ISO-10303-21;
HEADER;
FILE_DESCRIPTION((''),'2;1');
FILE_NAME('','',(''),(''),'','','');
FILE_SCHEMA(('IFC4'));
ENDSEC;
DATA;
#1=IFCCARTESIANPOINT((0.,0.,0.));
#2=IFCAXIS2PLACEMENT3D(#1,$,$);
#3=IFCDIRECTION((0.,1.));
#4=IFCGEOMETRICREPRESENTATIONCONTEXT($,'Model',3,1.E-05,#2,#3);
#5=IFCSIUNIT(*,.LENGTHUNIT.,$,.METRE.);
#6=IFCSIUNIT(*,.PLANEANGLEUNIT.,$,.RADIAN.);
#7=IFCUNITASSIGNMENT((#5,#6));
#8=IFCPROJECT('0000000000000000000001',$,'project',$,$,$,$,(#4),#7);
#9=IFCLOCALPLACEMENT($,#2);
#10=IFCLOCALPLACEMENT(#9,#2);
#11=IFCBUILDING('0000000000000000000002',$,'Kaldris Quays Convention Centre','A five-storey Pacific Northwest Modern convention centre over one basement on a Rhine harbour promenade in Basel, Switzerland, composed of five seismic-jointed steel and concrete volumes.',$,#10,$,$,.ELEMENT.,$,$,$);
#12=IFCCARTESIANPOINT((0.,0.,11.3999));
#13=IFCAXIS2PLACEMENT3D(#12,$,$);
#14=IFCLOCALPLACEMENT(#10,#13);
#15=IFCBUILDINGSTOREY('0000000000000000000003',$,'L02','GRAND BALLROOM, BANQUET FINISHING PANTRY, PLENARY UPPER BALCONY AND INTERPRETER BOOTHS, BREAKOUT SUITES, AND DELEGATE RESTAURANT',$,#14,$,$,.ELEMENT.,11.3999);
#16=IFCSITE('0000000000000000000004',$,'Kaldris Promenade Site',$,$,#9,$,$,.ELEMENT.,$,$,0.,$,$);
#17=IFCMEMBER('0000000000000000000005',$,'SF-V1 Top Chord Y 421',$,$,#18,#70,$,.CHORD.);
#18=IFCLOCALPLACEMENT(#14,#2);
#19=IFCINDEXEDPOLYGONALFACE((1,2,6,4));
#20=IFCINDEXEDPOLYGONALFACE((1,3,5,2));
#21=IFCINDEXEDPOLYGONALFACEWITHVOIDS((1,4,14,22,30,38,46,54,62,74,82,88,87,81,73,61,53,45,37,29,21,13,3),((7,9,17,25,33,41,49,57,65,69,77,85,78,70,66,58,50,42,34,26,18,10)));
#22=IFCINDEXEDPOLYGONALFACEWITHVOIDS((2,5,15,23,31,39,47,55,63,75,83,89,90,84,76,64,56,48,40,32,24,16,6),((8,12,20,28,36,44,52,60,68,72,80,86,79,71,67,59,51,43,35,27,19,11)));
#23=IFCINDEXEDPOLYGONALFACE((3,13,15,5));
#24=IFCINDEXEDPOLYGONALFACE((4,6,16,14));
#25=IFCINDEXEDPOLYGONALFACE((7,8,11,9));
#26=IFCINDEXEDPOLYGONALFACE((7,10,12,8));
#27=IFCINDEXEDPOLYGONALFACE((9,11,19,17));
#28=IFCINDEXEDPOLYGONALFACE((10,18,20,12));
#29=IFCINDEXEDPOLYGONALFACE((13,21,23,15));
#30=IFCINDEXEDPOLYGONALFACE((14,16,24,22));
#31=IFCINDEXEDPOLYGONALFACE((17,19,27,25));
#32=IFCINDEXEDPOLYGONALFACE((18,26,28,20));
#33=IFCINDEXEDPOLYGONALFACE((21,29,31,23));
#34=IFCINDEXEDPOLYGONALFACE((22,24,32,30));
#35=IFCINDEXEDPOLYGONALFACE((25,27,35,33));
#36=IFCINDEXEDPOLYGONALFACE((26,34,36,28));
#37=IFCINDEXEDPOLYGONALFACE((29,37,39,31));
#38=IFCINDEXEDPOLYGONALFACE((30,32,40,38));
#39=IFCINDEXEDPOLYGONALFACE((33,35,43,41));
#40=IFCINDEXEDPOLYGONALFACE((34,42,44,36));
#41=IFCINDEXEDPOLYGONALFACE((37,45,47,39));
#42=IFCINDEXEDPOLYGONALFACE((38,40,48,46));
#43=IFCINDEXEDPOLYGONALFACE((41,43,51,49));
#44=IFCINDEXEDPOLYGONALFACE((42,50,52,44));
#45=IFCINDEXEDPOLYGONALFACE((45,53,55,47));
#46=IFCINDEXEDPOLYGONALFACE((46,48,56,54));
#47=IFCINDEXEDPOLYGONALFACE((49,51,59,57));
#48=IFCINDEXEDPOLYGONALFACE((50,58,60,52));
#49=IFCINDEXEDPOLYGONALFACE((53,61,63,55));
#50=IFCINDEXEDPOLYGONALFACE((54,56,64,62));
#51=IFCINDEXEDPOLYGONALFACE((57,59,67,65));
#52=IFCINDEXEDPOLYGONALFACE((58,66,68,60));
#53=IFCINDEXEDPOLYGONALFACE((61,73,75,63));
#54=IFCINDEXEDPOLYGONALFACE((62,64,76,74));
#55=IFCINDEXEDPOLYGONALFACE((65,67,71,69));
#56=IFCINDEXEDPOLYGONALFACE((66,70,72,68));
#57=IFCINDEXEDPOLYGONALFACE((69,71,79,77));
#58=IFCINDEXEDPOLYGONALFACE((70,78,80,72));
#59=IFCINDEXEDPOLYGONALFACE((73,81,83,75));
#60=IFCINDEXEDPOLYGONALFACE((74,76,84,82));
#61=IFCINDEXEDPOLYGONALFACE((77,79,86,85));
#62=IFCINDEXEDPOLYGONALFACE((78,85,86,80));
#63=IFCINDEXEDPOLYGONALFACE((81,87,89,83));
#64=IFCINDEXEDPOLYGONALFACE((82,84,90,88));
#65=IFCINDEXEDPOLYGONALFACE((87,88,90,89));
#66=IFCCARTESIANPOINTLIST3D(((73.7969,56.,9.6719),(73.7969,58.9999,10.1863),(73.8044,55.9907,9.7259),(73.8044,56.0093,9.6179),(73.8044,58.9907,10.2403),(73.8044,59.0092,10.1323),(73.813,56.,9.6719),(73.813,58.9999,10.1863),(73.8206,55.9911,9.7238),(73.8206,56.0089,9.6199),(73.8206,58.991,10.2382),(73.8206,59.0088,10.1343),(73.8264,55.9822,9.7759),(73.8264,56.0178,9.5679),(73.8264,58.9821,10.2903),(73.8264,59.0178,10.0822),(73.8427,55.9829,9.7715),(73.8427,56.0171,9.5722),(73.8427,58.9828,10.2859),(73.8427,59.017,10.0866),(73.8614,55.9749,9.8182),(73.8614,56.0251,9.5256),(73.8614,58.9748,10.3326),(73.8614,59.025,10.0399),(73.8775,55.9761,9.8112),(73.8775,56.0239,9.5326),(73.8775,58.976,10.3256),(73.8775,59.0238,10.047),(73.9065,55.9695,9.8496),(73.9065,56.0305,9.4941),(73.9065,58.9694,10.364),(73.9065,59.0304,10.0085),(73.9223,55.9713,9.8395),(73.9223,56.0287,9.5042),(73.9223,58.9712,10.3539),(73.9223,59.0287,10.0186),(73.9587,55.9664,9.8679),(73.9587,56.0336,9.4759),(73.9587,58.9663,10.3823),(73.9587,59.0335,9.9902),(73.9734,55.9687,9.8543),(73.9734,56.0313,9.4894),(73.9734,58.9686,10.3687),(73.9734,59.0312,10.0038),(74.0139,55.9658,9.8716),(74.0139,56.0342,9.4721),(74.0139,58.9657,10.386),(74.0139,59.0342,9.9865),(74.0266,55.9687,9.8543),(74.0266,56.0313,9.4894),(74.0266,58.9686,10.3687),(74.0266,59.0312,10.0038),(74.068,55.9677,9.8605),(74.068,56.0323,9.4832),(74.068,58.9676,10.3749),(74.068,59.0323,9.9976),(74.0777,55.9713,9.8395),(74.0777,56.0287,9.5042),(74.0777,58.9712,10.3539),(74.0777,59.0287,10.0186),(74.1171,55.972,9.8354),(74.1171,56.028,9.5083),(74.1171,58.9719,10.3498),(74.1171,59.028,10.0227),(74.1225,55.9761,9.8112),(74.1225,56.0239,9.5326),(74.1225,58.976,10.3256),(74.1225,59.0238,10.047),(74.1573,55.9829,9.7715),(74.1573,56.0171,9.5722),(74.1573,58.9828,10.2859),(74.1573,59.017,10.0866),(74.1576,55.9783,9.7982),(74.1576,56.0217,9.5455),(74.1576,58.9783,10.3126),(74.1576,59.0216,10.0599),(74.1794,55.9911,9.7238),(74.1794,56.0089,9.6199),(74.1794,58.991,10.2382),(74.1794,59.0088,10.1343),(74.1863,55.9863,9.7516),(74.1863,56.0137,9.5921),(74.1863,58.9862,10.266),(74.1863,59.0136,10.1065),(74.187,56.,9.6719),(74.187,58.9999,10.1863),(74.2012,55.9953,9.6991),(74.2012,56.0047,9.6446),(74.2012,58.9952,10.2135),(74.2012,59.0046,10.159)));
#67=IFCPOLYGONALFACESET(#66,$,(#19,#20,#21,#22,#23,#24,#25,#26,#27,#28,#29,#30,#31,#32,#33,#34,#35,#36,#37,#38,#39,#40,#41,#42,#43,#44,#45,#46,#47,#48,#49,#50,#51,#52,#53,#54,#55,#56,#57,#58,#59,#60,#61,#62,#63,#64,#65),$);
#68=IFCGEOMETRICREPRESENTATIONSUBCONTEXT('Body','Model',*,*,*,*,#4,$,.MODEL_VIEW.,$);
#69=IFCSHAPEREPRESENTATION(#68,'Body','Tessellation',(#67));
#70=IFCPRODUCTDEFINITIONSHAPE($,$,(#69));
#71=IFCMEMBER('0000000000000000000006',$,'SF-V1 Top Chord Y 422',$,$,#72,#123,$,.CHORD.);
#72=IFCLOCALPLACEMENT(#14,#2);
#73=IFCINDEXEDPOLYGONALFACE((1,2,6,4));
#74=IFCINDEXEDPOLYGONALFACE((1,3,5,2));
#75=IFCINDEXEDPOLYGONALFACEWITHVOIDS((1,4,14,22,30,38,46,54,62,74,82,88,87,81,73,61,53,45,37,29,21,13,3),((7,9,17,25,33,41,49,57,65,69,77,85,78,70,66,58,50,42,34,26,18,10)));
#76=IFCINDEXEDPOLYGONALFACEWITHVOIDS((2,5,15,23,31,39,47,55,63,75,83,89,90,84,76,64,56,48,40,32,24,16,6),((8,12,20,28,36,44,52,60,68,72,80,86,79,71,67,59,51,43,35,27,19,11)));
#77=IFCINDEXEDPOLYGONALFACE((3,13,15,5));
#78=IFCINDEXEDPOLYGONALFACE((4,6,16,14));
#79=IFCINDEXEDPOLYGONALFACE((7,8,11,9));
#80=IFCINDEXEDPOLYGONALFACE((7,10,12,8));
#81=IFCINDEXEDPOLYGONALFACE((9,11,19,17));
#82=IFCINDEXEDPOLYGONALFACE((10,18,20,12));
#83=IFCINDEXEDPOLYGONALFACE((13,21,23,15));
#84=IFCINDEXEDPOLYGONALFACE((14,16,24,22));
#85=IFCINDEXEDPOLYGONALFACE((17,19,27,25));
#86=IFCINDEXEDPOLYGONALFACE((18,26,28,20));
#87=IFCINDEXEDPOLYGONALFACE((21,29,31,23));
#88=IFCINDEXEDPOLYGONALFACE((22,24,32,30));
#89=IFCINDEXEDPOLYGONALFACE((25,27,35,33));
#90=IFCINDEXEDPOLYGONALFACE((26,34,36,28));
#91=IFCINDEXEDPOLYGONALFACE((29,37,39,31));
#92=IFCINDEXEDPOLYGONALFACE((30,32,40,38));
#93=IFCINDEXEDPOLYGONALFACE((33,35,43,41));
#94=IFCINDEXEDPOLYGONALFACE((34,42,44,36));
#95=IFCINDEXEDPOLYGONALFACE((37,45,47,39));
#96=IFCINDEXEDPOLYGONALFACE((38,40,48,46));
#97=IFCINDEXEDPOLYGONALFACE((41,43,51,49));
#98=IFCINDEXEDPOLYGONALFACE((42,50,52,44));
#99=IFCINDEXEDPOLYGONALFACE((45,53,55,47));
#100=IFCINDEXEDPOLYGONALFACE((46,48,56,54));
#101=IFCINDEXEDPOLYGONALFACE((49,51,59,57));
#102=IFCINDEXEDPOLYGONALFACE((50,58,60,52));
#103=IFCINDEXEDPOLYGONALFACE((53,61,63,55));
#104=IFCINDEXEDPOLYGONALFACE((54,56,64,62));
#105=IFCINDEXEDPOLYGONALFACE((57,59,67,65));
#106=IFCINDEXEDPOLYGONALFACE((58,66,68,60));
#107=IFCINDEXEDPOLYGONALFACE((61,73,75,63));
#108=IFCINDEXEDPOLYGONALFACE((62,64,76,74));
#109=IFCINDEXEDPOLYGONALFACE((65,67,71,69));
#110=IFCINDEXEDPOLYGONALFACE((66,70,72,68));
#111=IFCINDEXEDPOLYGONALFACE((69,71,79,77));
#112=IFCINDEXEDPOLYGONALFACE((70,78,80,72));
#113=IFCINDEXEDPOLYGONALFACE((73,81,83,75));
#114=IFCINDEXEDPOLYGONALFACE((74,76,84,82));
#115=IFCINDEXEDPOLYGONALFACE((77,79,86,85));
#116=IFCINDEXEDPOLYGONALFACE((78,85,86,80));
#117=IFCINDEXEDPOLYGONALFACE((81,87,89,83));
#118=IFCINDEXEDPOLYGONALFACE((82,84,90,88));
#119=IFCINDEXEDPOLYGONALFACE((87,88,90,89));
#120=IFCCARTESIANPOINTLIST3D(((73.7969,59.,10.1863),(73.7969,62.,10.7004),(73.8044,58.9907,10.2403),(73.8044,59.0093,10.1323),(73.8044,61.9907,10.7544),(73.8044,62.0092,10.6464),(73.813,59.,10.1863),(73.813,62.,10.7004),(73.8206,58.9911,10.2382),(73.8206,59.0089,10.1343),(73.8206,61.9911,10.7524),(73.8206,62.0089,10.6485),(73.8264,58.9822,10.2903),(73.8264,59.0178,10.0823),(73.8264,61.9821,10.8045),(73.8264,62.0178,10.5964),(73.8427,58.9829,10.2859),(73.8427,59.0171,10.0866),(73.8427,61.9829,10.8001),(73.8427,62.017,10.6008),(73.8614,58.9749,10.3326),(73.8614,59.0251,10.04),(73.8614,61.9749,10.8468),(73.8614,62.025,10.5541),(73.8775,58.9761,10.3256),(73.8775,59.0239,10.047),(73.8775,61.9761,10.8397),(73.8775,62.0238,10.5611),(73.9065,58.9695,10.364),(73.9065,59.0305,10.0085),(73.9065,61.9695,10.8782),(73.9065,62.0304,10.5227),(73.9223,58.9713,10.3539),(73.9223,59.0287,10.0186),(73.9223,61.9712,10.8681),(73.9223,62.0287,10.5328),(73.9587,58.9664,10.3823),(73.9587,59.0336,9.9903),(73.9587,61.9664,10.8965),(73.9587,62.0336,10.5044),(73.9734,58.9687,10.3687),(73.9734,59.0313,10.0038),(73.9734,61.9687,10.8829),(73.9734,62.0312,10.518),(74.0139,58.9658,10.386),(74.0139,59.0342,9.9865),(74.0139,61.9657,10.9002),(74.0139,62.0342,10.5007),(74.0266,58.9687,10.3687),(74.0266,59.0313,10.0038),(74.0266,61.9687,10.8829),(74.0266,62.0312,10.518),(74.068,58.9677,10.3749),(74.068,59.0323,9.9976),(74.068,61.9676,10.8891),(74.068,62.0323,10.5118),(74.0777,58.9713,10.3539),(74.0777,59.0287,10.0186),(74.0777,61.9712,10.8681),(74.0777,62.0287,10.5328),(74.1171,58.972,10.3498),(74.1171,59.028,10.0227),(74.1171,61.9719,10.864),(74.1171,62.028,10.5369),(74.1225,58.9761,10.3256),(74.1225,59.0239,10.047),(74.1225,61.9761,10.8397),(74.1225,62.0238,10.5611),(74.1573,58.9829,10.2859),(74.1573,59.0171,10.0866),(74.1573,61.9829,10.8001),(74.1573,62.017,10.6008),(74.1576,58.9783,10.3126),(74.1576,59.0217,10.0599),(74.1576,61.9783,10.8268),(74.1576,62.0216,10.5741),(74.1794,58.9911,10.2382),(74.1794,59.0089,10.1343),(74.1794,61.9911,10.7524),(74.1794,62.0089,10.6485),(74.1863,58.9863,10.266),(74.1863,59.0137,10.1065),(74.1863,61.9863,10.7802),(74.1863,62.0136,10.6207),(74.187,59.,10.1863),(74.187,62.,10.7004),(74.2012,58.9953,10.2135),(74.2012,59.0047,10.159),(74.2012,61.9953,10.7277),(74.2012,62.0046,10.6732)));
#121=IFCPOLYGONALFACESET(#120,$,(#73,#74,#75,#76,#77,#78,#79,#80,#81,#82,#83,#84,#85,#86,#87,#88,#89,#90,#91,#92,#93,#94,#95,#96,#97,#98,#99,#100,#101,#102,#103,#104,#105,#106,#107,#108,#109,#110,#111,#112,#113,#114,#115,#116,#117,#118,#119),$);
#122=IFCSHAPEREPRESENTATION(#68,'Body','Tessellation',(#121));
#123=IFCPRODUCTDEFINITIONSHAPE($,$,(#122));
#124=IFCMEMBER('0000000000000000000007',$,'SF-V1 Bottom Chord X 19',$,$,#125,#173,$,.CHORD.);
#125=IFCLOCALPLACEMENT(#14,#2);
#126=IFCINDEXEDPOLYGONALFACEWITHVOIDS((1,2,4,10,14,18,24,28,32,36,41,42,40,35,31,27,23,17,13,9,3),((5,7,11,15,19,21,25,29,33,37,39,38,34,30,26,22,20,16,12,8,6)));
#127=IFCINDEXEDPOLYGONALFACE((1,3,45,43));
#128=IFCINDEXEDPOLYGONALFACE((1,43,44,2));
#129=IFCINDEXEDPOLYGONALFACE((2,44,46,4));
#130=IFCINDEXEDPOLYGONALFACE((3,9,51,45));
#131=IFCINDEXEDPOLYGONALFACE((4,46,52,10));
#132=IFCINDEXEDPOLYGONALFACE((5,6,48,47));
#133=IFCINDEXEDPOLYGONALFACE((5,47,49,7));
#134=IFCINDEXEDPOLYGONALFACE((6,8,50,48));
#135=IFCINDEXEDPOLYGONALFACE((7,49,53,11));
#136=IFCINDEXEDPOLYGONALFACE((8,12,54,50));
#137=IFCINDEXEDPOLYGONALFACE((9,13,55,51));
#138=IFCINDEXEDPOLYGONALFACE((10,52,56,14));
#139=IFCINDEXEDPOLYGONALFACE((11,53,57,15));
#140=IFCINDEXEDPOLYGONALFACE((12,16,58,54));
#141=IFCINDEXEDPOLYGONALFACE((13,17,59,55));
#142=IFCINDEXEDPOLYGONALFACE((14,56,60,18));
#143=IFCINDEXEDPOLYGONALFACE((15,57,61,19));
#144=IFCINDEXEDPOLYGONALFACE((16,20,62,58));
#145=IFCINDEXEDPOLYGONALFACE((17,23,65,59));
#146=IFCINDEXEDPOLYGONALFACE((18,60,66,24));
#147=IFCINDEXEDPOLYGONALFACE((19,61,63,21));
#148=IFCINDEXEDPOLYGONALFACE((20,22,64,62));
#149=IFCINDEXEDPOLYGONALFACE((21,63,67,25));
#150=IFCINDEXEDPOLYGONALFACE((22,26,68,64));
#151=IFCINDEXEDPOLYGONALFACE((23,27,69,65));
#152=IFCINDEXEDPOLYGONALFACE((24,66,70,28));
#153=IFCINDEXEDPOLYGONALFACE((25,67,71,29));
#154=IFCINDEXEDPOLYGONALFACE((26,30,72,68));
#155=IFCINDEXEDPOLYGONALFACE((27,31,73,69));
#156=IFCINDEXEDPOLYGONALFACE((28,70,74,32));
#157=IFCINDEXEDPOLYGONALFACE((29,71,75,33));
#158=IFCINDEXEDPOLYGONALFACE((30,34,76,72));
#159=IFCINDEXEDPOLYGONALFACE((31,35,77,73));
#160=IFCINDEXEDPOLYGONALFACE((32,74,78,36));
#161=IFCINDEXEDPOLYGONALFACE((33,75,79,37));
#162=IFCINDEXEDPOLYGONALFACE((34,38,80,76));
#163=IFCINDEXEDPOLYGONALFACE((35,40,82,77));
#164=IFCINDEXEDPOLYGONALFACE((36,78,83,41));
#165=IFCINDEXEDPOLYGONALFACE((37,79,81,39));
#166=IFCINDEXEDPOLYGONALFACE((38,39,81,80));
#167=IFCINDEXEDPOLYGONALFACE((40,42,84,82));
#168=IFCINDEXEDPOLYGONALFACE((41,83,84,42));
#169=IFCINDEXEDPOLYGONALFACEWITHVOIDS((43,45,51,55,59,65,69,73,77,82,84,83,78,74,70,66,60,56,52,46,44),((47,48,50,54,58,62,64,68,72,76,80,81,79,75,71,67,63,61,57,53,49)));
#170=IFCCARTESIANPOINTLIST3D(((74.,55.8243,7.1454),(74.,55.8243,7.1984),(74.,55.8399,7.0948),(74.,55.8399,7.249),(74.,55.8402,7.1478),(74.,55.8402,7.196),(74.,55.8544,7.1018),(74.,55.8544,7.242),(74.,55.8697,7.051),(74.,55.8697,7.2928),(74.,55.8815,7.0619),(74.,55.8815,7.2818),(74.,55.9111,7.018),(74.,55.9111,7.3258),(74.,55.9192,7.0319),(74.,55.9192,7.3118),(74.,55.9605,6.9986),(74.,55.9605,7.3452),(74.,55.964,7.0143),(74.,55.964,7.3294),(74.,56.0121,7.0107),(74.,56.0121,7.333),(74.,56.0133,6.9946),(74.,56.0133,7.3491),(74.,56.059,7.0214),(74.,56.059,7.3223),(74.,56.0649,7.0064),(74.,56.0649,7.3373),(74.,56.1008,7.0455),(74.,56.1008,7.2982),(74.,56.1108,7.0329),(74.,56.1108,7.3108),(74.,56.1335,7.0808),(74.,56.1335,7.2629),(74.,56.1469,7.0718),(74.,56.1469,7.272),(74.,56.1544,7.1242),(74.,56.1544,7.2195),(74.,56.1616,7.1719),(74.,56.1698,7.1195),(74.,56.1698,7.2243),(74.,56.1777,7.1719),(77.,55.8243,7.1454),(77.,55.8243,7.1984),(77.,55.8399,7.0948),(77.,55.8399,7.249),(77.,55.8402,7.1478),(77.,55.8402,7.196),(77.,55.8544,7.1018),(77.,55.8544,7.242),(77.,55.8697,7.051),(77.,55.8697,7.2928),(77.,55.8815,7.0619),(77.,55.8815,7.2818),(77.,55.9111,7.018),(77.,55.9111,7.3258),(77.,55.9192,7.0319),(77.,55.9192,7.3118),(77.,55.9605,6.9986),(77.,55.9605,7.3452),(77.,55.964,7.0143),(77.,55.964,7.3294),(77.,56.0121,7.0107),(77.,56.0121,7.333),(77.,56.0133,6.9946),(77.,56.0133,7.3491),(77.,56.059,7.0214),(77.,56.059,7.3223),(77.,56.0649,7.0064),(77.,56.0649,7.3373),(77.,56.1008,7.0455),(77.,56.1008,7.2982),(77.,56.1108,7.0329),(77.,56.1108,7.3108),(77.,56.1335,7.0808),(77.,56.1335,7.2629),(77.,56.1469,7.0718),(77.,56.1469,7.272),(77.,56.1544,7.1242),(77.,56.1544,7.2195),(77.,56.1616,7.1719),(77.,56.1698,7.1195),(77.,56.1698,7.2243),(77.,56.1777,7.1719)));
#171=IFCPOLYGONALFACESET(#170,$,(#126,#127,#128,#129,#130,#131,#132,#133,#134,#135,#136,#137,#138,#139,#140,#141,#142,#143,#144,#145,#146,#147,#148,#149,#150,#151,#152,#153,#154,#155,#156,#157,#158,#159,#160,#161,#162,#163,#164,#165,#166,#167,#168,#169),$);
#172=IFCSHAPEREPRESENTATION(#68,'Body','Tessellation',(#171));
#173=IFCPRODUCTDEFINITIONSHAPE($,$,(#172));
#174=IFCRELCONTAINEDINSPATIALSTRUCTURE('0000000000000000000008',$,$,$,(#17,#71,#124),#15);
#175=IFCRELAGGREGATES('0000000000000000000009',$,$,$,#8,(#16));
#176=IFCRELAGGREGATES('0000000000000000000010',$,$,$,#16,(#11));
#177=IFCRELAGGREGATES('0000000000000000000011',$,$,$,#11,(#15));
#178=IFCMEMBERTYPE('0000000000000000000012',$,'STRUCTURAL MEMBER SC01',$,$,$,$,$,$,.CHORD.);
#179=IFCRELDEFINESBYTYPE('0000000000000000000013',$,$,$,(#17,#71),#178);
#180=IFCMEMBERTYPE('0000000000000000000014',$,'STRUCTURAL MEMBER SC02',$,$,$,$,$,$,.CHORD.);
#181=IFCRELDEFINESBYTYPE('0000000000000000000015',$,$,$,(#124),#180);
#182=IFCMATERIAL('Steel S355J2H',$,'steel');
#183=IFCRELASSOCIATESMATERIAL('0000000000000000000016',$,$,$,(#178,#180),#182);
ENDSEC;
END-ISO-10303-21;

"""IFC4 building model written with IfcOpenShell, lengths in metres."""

from ifc_helpers import new_model, si_unit, direction, frame, origin, origin_2d, place, context, subcontext, project, spatial, hollow_circle, extrude, material, material_profile, profile_set, type_object, element, save


model = new_model("IFC4")

# Units and contexts
model_context = context("Model", 3, precision=1e-05, world=origin(), true_north=direction((0.0, 1.0)))
body_context = subcontext(model_context, "Body", "Model", "MODEL_VIEW")
ifc_project = project(units=[si_unit("LENGTHUNIT", "METRE"), si_unit("PLANEANGLEUNIT", "RADIAN")], contexts=[model_context])

# Site, building, storey
site_placement = place(None, origin())
site = spatial("IfcSite", under=ifc_project, at=site_placement, Name="Kaldris Promenade Site", CompositionType="ELEMENT", RefElevation=0.0)
building_placement = place(site_placement, origin())
building = spatial("IfcBuilding", under=site, at=building_placement, Name="Kaldris Quays Convention Centre", Description="A five-storey Pacific Northwest Modern convention centre over one basement on a Rhine harbour promenade in Basel, Switzerland, composed of five seismic-jointed steel and concrete volumes.", CompositionType="ELEMENT")
storey_placement = place(building_placement, frame((0.0, 0.0, 11.3999)))
storey = spatial("IfcBuildingStorey", under=building, at=storey_placement, Name="L02", Description="GRAND BALLROOM, BANQUET FINISHING PANTRY, PLENARY UPPER BALCONY AND INTERPRETER BOOTHS, BREAKOUT SUITES, AND DELEGATE RESTAURANT", CompositionType="ELEMENT", Elevation=11.3999)

# Members
ifc_material_1 = material(Name="Steel S355J2H", Category="steel")
ifc_material_profile_1 = material_profile(ifc_material_1, hollow_circle(Radius=0.2031, WallThickness=0.0161, at=origin_2d()), Name="CHS 406.4x16")
ifc_profile_set_1 = profile_set([ifc_material_profile_1], Name="Steel S355J2H")
member_type_1 = type_object("IfcMemberType", Name="STRUCTURAL MEMBER SC01", PredefinedType="CHORD", material=ifc_profile_set_1)
for number, where, z_axis, x_axis, name in (
    (1, (74.0, 56.0, 9.6719), (0.0, 0.985616, 0.169002), (-1.0, 0.0, 0.0), "SF-V1 Top Chord Y 421"),
    (2, (74.0, 59.0, 10.1863), (0.0, 0.985629, 0.168924), (-1.0, 0.0, 0.0), "SF-V1 Top Chord Y 422"),
):
    element("IfcMember", number, at=place(storey_placement, frame(where, z_axis=z_axis, x_axis=x_axis)), inside=storey, type_object=member_type_1, Name=name, PredefinedType="CHORD", context=body_context, shape_type="SweptSolid", body=[
        extrude(hollow_circle(Radius=0.2031, WallThickness=0.0161, at=origin_2d()), origin(), (0.0, 0.0, 1.0), 3.0437),
    ])
ifc_material_profile_2 = material_profile(ifc_material_1, hollow_circle(Radius=0.1777, WallThickness=0.0161, at=origin_2d()), Name="CHS 355.6x16")
ifc_profile_set_2 = profile_set([ifc_material_profile_2], Name="Steel S355J2H")
member_type_2 = type_object("IfcMemberType", Name="STRUCTURAL MEMBER SC02", PredefinedType="CHORD", material=ifc_profile_set_2)
for number, where, z_axis, x_axis, name in (
    (3, (74.0, 56.0, 7.1719), (1.0, 0.0, 0.0), (0.0, 1.0, 0.0), "SF-V1 Bottom Chord X 19"),
):
    element("IfcMember", number, at=place(storey_placement, frame(where, z_axis=z_axis, x_axis=x_axis)), inside=storey, type_object=member_type_2, Name=name, PredefinedType="CHORD", context=body_context, shape_type="SweptSolid", body=[
        extrude(hollow_circle(Radius=0.1777, WallThickness=0.0161, at=origin_2d()), origin(), (0.0, 0.0, 1.0), 3.0),
    ])

save(model, "model.ifc")
